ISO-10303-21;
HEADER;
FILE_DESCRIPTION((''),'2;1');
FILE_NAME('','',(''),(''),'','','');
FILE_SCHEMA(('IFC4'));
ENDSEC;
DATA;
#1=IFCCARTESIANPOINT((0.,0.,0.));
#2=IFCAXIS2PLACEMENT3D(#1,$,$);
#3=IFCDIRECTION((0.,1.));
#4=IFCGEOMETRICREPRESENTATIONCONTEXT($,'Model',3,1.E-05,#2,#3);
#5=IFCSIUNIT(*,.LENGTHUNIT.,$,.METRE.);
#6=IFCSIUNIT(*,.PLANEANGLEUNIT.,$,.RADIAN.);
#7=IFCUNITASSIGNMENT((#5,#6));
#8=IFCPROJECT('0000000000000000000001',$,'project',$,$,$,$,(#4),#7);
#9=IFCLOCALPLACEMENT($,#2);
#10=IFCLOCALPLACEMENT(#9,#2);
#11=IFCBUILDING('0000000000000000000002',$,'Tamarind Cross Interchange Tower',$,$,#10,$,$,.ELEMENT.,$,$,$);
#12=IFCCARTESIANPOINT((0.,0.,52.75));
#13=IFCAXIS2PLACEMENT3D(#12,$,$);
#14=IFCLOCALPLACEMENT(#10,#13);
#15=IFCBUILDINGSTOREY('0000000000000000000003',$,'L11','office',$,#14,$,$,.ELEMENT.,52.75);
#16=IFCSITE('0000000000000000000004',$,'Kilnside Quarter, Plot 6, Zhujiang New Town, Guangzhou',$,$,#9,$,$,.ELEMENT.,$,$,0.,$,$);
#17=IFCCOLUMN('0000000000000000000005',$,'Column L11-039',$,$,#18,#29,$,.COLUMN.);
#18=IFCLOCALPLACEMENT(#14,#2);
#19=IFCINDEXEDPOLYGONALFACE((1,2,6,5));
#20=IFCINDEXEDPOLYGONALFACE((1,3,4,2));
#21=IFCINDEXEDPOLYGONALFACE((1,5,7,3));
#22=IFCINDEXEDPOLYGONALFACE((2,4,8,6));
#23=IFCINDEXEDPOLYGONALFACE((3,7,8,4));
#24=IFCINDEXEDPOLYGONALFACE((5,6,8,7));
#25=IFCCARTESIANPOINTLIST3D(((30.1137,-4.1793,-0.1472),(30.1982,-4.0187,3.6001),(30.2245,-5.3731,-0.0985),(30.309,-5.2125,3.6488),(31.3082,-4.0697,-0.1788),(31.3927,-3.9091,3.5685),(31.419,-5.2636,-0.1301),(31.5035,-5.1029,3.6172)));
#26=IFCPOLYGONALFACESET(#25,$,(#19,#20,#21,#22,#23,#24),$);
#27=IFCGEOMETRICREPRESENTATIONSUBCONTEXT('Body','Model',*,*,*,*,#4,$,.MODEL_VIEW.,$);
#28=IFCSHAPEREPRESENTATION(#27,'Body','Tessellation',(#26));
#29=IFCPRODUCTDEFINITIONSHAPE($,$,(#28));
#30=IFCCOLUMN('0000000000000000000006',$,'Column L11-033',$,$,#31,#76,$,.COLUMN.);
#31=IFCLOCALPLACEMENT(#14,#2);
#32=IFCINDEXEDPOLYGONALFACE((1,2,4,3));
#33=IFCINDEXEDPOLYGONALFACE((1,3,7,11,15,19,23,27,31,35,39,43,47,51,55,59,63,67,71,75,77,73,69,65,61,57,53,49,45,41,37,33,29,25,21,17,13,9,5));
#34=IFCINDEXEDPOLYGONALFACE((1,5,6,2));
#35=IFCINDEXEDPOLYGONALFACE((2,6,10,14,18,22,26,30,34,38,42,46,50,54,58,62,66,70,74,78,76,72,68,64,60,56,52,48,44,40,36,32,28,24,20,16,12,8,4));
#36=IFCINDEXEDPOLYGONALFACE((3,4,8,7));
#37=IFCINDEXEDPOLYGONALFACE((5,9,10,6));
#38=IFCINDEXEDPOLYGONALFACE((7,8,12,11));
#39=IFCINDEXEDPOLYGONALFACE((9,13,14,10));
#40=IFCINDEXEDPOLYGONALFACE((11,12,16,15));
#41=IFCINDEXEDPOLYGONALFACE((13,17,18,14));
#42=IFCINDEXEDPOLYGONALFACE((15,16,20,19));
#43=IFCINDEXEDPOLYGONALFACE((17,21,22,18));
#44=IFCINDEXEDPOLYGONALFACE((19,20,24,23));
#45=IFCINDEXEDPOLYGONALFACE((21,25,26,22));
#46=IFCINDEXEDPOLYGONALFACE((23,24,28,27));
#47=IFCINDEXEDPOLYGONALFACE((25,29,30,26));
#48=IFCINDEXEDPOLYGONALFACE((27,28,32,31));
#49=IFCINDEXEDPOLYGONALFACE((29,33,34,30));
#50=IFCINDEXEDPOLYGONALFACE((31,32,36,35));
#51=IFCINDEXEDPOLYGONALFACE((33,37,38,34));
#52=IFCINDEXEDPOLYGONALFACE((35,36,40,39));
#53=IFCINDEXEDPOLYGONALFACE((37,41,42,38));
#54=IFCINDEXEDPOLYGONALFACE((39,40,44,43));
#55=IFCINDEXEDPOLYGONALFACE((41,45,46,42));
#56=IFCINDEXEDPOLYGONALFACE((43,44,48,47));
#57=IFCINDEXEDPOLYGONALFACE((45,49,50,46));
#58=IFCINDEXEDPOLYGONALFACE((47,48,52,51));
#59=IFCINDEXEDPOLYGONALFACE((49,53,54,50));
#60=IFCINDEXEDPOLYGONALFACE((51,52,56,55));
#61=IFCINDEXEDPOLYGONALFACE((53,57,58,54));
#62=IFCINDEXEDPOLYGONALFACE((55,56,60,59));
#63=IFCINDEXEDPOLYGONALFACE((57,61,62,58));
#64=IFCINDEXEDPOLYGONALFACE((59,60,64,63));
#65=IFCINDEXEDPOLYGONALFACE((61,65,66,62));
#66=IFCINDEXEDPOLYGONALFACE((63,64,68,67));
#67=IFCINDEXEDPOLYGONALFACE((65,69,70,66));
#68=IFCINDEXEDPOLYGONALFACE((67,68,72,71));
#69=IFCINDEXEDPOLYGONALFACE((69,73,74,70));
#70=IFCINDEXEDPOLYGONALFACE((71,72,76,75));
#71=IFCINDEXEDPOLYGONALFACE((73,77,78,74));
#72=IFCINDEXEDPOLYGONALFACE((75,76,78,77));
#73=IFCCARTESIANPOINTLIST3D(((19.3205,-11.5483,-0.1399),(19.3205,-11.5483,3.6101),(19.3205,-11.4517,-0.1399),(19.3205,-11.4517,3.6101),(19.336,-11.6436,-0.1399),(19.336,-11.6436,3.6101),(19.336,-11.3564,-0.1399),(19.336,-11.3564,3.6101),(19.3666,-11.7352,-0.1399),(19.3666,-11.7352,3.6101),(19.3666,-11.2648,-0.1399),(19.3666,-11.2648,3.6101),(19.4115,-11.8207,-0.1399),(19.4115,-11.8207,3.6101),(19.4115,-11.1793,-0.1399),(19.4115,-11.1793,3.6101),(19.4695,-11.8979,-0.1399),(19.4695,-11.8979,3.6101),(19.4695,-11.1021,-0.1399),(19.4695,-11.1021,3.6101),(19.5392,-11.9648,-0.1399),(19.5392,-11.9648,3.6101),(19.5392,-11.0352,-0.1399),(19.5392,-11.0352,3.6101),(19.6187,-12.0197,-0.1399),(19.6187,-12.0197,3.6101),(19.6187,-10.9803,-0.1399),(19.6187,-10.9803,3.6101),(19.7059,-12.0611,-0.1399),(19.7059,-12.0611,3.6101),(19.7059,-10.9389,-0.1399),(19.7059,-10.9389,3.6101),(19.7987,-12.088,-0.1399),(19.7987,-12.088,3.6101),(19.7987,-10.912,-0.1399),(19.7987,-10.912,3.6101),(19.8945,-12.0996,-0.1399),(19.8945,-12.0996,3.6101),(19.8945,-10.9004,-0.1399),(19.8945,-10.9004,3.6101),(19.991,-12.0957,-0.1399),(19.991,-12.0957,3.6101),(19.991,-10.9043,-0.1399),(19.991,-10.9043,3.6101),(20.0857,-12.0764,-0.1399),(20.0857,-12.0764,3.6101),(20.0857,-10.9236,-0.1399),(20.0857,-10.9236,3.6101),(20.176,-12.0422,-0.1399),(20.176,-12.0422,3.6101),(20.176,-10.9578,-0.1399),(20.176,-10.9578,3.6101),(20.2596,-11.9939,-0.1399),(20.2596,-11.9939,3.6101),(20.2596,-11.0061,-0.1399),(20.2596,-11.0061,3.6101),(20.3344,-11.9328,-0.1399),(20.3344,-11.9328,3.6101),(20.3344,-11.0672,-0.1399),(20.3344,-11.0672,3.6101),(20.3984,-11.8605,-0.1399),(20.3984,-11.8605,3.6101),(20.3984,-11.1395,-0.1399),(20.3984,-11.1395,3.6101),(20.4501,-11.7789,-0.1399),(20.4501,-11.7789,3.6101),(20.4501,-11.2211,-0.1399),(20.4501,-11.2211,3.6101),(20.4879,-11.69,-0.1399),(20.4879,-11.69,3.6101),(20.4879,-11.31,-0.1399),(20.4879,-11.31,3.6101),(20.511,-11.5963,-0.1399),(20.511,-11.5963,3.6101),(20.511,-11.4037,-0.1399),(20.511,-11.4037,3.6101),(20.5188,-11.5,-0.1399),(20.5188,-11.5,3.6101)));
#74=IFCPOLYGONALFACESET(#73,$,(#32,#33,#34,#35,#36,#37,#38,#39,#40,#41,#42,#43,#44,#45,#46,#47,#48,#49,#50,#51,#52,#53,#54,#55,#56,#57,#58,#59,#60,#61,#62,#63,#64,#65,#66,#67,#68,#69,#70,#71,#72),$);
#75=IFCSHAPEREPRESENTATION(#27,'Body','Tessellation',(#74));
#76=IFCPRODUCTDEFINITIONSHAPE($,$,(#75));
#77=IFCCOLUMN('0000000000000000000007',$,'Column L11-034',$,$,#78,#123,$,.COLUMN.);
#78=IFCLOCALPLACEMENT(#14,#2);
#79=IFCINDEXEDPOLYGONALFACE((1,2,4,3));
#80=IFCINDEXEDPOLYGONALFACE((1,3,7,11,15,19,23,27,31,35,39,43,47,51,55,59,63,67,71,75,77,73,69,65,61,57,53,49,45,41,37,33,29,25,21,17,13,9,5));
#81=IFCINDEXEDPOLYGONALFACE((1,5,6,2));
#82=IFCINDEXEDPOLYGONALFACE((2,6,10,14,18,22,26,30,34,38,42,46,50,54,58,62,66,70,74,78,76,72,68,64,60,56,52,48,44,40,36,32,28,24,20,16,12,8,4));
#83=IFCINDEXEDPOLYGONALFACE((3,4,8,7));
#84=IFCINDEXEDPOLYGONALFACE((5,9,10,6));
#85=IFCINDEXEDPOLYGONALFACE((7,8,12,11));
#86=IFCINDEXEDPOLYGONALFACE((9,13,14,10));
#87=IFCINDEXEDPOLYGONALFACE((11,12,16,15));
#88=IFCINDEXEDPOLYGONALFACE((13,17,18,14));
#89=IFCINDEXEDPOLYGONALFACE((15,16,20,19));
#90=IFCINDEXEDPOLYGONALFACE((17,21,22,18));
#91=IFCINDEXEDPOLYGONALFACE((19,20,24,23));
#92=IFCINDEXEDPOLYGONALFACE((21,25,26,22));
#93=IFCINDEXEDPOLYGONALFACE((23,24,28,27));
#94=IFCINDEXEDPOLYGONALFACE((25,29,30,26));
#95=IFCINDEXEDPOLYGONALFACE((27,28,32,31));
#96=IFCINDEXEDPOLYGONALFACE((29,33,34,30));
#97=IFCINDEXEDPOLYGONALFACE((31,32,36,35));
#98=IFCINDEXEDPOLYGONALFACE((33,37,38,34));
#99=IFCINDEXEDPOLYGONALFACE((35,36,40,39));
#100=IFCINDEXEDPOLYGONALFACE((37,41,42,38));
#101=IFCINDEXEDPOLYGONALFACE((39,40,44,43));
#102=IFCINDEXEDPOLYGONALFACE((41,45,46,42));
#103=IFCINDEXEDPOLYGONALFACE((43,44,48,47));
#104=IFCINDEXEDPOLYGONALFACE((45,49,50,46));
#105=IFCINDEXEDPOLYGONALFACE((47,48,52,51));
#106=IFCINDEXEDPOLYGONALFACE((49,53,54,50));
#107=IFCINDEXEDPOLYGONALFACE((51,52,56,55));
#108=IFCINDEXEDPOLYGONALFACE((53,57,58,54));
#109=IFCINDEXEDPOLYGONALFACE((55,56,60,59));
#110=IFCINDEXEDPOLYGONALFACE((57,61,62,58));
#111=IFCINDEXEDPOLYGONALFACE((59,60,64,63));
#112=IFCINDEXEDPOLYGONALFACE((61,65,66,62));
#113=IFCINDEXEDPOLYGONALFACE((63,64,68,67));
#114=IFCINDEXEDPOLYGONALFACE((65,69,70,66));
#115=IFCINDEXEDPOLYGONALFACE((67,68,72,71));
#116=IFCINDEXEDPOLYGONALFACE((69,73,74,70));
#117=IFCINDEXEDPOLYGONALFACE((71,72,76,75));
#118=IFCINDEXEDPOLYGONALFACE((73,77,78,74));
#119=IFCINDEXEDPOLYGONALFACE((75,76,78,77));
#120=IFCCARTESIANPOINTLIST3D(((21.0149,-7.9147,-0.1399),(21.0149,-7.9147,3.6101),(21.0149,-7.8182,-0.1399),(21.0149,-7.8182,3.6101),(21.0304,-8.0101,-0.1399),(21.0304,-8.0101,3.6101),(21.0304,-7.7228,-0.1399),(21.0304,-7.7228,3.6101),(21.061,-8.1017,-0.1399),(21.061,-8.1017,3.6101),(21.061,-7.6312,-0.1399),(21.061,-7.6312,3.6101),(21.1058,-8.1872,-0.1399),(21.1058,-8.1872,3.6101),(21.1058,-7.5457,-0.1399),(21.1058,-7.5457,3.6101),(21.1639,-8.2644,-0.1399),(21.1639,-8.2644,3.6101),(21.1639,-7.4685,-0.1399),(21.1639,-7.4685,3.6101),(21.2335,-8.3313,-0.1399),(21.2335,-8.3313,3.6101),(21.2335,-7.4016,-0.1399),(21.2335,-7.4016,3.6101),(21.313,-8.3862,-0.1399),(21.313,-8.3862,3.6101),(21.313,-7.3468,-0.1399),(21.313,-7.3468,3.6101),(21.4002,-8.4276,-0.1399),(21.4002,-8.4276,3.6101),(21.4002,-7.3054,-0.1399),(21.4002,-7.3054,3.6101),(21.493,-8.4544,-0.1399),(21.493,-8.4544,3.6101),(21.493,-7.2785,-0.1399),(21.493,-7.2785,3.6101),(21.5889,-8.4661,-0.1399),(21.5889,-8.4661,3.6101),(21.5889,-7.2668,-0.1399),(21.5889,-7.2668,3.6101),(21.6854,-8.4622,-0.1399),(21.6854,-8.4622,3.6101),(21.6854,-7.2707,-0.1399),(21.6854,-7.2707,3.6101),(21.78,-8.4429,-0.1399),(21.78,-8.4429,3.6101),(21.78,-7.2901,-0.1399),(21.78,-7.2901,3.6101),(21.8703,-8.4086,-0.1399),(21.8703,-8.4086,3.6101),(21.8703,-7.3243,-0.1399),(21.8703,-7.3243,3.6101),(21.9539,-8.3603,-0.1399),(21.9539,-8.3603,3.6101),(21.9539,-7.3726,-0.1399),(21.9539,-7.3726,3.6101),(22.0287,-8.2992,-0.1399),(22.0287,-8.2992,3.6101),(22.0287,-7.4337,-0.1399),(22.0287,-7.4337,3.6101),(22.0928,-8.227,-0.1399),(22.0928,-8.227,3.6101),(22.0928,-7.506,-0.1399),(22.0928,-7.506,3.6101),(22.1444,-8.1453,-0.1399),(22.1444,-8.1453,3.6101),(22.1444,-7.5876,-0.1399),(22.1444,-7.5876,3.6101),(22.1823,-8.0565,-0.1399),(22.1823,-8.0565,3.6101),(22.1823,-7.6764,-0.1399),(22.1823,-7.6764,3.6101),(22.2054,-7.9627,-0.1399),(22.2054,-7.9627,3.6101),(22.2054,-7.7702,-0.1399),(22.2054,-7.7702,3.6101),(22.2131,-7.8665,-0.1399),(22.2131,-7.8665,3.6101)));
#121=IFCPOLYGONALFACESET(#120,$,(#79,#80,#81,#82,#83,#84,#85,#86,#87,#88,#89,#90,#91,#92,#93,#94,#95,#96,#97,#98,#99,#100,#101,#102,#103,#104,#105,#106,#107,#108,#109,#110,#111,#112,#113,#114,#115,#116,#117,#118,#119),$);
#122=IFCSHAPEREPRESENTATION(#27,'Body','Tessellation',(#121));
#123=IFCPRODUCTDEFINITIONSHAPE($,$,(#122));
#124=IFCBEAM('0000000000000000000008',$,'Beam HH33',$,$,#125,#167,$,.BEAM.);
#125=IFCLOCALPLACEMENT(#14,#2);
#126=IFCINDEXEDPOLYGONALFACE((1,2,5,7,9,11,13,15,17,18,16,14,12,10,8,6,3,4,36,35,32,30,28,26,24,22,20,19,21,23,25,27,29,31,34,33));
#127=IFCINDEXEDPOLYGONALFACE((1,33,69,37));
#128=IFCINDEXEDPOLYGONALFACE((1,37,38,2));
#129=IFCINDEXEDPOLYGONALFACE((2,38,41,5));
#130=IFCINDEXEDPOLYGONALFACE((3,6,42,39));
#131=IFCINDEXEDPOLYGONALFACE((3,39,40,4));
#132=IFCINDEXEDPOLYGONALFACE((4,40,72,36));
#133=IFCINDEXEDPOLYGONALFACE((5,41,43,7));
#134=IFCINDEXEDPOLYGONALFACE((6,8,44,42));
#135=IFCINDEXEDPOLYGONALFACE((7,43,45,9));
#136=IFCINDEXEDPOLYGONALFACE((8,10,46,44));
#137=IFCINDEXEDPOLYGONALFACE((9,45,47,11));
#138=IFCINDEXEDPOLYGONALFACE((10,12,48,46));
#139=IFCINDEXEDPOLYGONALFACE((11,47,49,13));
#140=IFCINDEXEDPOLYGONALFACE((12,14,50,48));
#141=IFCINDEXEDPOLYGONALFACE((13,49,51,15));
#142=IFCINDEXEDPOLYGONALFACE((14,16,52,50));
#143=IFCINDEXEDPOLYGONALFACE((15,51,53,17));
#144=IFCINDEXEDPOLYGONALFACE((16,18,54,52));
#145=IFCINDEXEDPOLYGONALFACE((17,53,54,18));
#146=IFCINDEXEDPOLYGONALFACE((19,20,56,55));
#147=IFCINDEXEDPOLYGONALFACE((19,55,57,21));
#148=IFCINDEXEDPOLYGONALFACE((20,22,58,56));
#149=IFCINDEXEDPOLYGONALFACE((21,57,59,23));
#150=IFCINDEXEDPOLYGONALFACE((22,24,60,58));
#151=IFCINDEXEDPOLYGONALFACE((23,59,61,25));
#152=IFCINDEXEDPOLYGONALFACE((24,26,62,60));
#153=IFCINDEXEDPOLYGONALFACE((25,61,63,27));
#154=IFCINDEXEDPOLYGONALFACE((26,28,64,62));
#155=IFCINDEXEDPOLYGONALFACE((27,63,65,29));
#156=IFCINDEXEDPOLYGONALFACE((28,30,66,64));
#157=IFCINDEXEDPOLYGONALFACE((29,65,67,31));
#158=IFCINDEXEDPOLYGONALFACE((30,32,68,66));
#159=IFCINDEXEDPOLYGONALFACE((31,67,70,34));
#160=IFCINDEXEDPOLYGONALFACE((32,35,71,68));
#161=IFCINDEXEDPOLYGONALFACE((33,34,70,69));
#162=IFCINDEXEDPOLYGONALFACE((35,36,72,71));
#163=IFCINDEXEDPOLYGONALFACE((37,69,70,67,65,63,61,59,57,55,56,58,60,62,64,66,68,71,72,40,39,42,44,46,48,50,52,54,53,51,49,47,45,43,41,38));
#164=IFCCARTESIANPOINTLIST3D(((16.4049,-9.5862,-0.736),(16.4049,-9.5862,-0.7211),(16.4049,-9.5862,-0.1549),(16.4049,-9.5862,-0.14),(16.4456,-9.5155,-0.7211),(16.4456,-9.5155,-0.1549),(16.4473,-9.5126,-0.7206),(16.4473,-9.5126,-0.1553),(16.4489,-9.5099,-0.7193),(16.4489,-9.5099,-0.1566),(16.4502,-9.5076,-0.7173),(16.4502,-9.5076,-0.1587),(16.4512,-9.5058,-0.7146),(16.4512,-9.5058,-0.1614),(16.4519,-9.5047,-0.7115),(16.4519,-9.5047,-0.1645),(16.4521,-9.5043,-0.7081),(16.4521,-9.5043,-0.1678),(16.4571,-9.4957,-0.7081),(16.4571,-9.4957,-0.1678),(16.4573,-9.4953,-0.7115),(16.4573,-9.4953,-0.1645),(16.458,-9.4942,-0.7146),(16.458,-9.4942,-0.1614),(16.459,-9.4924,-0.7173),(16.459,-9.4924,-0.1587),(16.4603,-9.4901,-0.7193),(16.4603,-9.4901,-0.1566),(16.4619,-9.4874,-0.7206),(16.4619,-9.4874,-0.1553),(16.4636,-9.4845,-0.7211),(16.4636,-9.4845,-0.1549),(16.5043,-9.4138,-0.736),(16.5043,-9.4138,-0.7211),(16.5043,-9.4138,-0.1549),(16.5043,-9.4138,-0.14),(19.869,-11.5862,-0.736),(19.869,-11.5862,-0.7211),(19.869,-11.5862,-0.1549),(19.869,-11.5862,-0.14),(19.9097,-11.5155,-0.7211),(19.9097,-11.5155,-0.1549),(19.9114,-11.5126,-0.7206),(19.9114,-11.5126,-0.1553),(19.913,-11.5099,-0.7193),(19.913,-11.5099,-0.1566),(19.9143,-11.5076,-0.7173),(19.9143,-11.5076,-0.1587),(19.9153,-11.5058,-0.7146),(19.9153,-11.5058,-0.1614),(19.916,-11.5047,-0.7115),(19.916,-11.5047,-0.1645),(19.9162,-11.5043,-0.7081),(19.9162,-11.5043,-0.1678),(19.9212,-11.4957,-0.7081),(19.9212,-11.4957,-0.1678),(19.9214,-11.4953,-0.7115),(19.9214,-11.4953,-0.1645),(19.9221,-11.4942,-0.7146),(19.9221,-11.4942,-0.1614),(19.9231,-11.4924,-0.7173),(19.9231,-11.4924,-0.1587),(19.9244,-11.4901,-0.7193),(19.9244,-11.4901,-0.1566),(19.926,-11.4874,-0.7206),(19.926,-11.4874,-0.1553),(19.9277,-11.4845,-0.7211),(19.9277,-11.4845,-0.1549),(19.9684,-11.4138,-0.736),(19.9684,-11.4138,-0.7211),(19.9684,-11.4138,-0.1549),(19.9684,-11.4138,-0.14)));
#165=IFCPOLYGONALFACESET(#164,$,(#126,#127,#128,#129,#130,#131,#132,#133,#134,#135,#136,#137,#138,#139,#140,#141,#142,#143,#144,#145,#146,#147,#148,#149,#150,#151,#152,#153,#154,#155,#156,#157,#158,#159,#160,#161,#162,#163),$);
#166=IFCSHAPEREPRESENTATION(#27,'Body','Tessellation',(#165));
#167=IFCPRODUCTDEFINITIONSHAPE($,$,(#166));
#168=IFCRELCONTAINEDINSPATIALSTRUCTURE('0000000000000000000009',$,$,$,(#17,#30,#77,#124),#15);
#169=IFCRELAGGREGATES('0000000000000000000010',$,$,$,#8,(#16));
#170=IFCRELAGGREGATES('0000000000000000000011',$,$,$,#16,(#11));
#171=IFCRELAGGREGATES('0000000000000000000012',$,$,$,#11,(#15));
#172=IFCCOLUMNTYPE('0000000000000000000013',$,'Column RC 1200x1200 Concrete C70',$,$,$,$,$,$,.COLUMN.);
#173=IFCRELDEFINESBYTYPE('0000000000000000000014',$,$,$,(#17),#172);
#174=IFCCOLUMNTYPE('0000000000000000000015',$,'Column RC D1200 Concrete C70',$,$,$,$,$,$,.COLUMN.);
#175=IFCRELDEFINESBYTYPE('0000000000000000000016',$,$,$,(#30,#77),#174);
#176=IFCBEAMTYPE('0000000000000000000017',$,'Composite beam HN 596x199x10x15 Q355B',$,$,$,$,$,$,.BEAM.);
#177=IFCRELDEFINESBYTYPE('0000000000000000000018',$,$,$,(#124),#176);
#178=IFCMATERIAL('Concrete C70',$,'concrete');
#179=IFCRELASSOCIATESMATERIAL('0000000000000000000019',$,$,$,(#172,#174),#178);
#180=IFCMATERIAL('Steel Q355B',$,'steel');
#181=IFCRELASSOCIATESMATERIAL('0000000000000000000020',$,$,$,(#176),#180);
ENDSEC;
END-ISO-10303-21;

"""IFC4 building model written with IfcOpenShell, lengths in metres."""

from ifc_helpers import new_model, si_unit, direction, frame, origin, origin_2d, place, context, subcontext, project, spatial, rectangle, circle, i_section, extrude, material, material_profile, profile_set, type_object, element, save


model = new_model("IFC4")

# Units and contexts
model_context = context("Model", 3, precision=1e-05, world=origin(), true_north=direction((0.0, 1.0)))
body_context = subcontext(model_context, "Body", "Model", "MODEL_VIEW")
ifc_project = project(units=[si_unit("LENGTHUNIT", "METRE"), si_unit("PLANEANGLEUNIT", "RADIAN")], contexts=[model_context])

# Site, building, storey
site_placement = place(None, origin())
site = spatial("IfcSite", under=ifc_project, at=site_placement, Name="Kilnside Quarter, Plot 6, Zhujiang New Town, Guangzhou", CompositionType="ELEMENT", RefElevation=0.0)
building_placement = place(site_placement, origin())
building = spatial("IfcBuilding", under=site, at=building_placement, Name="Tamarind Cross Interchange Tower", CompositionType="ELEMENT")
storey_placement = place(building_placement, frame((0.0, 0.0, 52.75)))
storey = spatial("IfcBuildingStorey", under=building, at=storey_placement, Name="L11", Description="office", CompositionType="ELEMENT", Elevation=52.75)

# Columns
ifc_material_1 = material(Name="Concrete C70", Category="concrete")
ifc_material_profile_1 = material_profile(ifc_material_1, rectangle(XDim=1.2, YDim=1.2, at=origin_2d()), Name="RC 1200x1200")
ifc_profile_set_1 = profile_set([ifc_material_profile_1], Name="Concrete C70")
column_type_1 = type_object("IfcColumnType", Name="Column RC 1200x1200 Concrete C70", PredefinedType="COLUMN", material=ifc_profile_set_1)
column_placement = place(storey_placement, frame((30.7664, -4.7214, -0.1387), z_axis=(0.022516, 0.042819, 0.998829), x_axis=(-0.995474, -0.091303, 0.026354)))
element("IfcColumn", 1, at=column_placement, inside=storey, type_object=column_type_1, Name="Column L11-039", PredefinedType="COLUMN", context=body_context, shape_type="SweptSolid", body=[
    extrude(rectangle(XDim=1.2, YDim=1.2, at=origin_2d()), origin(), (0.0, 0.0, 1.0), 3.7517),
])
ifc_material_profile_2 = material_profile(ifc_material_1, circle(Radius=0.6001, at=origin_2d()), Name="RC D1200")
ifc_profile_set_2 = profile_set([ifc_material_profile_2], Name="Concrete C70")
column_type_2 = type_object("IfcColumnType", Name="Column RC D1200 Concrete C70", PredefinedType="COLUMN", material=ifc_profile_set_2)
for number, where, z_axis, x_axis, name in (
    (2, (19.9187, -11.5, -0.1399), (0.0, 0.0, 1.0), (1.0, 0.0, 0.0), "Column L11-033"),
    (3, (21.613, -7.8665, -0.1399), (0.0, 0.0, 1.0), (1.0, 0.0, 0.0), "Column L11-034"),
):
    element("IfcColumn", number, at=place(storey_placement, frame(where, z_axis=z_axis, x_axis=x_axis)), inside=storey, type_object=column_type_2, Name=name, PredefinedType="COLUMN", context=body_context, shape_type="SweptSolid", body=[
        extrude(circle(Radius=0.6001, at=origin_2d()), origin(), (0.0, 0.0, 1.0), 3.75),
    ])

# Beam
ifc_material_2 = material(Name="Steel Q355B", Category="steel")
ifc_material_profile_3 = material_profile(ifc_material_2, i_section(OverallWidth=0.199, OverallDepth=0.5959, WebThickness=0.01, FlangeThickness=0.0149, FilletRadius=0.0129, at=origin_2d()), Name="HN 596x199x10x15")
ifc_profile_set_3 = profile_set([ifc_material_profile_3], Name="Steel Q355B")
beam_type = type_object("IfcBeamType", Name="Composite beam HN 596x199x10x15 Q355B", PredefinedType="BEAM", material=ifc_profile_set_3)
beam_1_placement = place(storey_placement, frame((19.9187, -11.5, -0.438), z_axis=(-0.866026, 0.499999, 0.0), x_axis=(-0.499999, -0.866026, 0.0)))
element("IfcBeam", 4, at=beam_1_placement, inside=storey, type_object=beam_type, Name="Beam HH33", PredefinedType="BEAM", context=body_context, shape_type="SweptSolid", body=[
    extrude(i_section(OverallWidth=0.199, OverallDepth=0.5959, WebThickness=0.01, FlangeThickness=0.0149, FilletRadius=0.0129, at=origin_2d()), origin(), (0.0, 0.0, 1.0), 4.0),
])

save(model, "model.ifc")
